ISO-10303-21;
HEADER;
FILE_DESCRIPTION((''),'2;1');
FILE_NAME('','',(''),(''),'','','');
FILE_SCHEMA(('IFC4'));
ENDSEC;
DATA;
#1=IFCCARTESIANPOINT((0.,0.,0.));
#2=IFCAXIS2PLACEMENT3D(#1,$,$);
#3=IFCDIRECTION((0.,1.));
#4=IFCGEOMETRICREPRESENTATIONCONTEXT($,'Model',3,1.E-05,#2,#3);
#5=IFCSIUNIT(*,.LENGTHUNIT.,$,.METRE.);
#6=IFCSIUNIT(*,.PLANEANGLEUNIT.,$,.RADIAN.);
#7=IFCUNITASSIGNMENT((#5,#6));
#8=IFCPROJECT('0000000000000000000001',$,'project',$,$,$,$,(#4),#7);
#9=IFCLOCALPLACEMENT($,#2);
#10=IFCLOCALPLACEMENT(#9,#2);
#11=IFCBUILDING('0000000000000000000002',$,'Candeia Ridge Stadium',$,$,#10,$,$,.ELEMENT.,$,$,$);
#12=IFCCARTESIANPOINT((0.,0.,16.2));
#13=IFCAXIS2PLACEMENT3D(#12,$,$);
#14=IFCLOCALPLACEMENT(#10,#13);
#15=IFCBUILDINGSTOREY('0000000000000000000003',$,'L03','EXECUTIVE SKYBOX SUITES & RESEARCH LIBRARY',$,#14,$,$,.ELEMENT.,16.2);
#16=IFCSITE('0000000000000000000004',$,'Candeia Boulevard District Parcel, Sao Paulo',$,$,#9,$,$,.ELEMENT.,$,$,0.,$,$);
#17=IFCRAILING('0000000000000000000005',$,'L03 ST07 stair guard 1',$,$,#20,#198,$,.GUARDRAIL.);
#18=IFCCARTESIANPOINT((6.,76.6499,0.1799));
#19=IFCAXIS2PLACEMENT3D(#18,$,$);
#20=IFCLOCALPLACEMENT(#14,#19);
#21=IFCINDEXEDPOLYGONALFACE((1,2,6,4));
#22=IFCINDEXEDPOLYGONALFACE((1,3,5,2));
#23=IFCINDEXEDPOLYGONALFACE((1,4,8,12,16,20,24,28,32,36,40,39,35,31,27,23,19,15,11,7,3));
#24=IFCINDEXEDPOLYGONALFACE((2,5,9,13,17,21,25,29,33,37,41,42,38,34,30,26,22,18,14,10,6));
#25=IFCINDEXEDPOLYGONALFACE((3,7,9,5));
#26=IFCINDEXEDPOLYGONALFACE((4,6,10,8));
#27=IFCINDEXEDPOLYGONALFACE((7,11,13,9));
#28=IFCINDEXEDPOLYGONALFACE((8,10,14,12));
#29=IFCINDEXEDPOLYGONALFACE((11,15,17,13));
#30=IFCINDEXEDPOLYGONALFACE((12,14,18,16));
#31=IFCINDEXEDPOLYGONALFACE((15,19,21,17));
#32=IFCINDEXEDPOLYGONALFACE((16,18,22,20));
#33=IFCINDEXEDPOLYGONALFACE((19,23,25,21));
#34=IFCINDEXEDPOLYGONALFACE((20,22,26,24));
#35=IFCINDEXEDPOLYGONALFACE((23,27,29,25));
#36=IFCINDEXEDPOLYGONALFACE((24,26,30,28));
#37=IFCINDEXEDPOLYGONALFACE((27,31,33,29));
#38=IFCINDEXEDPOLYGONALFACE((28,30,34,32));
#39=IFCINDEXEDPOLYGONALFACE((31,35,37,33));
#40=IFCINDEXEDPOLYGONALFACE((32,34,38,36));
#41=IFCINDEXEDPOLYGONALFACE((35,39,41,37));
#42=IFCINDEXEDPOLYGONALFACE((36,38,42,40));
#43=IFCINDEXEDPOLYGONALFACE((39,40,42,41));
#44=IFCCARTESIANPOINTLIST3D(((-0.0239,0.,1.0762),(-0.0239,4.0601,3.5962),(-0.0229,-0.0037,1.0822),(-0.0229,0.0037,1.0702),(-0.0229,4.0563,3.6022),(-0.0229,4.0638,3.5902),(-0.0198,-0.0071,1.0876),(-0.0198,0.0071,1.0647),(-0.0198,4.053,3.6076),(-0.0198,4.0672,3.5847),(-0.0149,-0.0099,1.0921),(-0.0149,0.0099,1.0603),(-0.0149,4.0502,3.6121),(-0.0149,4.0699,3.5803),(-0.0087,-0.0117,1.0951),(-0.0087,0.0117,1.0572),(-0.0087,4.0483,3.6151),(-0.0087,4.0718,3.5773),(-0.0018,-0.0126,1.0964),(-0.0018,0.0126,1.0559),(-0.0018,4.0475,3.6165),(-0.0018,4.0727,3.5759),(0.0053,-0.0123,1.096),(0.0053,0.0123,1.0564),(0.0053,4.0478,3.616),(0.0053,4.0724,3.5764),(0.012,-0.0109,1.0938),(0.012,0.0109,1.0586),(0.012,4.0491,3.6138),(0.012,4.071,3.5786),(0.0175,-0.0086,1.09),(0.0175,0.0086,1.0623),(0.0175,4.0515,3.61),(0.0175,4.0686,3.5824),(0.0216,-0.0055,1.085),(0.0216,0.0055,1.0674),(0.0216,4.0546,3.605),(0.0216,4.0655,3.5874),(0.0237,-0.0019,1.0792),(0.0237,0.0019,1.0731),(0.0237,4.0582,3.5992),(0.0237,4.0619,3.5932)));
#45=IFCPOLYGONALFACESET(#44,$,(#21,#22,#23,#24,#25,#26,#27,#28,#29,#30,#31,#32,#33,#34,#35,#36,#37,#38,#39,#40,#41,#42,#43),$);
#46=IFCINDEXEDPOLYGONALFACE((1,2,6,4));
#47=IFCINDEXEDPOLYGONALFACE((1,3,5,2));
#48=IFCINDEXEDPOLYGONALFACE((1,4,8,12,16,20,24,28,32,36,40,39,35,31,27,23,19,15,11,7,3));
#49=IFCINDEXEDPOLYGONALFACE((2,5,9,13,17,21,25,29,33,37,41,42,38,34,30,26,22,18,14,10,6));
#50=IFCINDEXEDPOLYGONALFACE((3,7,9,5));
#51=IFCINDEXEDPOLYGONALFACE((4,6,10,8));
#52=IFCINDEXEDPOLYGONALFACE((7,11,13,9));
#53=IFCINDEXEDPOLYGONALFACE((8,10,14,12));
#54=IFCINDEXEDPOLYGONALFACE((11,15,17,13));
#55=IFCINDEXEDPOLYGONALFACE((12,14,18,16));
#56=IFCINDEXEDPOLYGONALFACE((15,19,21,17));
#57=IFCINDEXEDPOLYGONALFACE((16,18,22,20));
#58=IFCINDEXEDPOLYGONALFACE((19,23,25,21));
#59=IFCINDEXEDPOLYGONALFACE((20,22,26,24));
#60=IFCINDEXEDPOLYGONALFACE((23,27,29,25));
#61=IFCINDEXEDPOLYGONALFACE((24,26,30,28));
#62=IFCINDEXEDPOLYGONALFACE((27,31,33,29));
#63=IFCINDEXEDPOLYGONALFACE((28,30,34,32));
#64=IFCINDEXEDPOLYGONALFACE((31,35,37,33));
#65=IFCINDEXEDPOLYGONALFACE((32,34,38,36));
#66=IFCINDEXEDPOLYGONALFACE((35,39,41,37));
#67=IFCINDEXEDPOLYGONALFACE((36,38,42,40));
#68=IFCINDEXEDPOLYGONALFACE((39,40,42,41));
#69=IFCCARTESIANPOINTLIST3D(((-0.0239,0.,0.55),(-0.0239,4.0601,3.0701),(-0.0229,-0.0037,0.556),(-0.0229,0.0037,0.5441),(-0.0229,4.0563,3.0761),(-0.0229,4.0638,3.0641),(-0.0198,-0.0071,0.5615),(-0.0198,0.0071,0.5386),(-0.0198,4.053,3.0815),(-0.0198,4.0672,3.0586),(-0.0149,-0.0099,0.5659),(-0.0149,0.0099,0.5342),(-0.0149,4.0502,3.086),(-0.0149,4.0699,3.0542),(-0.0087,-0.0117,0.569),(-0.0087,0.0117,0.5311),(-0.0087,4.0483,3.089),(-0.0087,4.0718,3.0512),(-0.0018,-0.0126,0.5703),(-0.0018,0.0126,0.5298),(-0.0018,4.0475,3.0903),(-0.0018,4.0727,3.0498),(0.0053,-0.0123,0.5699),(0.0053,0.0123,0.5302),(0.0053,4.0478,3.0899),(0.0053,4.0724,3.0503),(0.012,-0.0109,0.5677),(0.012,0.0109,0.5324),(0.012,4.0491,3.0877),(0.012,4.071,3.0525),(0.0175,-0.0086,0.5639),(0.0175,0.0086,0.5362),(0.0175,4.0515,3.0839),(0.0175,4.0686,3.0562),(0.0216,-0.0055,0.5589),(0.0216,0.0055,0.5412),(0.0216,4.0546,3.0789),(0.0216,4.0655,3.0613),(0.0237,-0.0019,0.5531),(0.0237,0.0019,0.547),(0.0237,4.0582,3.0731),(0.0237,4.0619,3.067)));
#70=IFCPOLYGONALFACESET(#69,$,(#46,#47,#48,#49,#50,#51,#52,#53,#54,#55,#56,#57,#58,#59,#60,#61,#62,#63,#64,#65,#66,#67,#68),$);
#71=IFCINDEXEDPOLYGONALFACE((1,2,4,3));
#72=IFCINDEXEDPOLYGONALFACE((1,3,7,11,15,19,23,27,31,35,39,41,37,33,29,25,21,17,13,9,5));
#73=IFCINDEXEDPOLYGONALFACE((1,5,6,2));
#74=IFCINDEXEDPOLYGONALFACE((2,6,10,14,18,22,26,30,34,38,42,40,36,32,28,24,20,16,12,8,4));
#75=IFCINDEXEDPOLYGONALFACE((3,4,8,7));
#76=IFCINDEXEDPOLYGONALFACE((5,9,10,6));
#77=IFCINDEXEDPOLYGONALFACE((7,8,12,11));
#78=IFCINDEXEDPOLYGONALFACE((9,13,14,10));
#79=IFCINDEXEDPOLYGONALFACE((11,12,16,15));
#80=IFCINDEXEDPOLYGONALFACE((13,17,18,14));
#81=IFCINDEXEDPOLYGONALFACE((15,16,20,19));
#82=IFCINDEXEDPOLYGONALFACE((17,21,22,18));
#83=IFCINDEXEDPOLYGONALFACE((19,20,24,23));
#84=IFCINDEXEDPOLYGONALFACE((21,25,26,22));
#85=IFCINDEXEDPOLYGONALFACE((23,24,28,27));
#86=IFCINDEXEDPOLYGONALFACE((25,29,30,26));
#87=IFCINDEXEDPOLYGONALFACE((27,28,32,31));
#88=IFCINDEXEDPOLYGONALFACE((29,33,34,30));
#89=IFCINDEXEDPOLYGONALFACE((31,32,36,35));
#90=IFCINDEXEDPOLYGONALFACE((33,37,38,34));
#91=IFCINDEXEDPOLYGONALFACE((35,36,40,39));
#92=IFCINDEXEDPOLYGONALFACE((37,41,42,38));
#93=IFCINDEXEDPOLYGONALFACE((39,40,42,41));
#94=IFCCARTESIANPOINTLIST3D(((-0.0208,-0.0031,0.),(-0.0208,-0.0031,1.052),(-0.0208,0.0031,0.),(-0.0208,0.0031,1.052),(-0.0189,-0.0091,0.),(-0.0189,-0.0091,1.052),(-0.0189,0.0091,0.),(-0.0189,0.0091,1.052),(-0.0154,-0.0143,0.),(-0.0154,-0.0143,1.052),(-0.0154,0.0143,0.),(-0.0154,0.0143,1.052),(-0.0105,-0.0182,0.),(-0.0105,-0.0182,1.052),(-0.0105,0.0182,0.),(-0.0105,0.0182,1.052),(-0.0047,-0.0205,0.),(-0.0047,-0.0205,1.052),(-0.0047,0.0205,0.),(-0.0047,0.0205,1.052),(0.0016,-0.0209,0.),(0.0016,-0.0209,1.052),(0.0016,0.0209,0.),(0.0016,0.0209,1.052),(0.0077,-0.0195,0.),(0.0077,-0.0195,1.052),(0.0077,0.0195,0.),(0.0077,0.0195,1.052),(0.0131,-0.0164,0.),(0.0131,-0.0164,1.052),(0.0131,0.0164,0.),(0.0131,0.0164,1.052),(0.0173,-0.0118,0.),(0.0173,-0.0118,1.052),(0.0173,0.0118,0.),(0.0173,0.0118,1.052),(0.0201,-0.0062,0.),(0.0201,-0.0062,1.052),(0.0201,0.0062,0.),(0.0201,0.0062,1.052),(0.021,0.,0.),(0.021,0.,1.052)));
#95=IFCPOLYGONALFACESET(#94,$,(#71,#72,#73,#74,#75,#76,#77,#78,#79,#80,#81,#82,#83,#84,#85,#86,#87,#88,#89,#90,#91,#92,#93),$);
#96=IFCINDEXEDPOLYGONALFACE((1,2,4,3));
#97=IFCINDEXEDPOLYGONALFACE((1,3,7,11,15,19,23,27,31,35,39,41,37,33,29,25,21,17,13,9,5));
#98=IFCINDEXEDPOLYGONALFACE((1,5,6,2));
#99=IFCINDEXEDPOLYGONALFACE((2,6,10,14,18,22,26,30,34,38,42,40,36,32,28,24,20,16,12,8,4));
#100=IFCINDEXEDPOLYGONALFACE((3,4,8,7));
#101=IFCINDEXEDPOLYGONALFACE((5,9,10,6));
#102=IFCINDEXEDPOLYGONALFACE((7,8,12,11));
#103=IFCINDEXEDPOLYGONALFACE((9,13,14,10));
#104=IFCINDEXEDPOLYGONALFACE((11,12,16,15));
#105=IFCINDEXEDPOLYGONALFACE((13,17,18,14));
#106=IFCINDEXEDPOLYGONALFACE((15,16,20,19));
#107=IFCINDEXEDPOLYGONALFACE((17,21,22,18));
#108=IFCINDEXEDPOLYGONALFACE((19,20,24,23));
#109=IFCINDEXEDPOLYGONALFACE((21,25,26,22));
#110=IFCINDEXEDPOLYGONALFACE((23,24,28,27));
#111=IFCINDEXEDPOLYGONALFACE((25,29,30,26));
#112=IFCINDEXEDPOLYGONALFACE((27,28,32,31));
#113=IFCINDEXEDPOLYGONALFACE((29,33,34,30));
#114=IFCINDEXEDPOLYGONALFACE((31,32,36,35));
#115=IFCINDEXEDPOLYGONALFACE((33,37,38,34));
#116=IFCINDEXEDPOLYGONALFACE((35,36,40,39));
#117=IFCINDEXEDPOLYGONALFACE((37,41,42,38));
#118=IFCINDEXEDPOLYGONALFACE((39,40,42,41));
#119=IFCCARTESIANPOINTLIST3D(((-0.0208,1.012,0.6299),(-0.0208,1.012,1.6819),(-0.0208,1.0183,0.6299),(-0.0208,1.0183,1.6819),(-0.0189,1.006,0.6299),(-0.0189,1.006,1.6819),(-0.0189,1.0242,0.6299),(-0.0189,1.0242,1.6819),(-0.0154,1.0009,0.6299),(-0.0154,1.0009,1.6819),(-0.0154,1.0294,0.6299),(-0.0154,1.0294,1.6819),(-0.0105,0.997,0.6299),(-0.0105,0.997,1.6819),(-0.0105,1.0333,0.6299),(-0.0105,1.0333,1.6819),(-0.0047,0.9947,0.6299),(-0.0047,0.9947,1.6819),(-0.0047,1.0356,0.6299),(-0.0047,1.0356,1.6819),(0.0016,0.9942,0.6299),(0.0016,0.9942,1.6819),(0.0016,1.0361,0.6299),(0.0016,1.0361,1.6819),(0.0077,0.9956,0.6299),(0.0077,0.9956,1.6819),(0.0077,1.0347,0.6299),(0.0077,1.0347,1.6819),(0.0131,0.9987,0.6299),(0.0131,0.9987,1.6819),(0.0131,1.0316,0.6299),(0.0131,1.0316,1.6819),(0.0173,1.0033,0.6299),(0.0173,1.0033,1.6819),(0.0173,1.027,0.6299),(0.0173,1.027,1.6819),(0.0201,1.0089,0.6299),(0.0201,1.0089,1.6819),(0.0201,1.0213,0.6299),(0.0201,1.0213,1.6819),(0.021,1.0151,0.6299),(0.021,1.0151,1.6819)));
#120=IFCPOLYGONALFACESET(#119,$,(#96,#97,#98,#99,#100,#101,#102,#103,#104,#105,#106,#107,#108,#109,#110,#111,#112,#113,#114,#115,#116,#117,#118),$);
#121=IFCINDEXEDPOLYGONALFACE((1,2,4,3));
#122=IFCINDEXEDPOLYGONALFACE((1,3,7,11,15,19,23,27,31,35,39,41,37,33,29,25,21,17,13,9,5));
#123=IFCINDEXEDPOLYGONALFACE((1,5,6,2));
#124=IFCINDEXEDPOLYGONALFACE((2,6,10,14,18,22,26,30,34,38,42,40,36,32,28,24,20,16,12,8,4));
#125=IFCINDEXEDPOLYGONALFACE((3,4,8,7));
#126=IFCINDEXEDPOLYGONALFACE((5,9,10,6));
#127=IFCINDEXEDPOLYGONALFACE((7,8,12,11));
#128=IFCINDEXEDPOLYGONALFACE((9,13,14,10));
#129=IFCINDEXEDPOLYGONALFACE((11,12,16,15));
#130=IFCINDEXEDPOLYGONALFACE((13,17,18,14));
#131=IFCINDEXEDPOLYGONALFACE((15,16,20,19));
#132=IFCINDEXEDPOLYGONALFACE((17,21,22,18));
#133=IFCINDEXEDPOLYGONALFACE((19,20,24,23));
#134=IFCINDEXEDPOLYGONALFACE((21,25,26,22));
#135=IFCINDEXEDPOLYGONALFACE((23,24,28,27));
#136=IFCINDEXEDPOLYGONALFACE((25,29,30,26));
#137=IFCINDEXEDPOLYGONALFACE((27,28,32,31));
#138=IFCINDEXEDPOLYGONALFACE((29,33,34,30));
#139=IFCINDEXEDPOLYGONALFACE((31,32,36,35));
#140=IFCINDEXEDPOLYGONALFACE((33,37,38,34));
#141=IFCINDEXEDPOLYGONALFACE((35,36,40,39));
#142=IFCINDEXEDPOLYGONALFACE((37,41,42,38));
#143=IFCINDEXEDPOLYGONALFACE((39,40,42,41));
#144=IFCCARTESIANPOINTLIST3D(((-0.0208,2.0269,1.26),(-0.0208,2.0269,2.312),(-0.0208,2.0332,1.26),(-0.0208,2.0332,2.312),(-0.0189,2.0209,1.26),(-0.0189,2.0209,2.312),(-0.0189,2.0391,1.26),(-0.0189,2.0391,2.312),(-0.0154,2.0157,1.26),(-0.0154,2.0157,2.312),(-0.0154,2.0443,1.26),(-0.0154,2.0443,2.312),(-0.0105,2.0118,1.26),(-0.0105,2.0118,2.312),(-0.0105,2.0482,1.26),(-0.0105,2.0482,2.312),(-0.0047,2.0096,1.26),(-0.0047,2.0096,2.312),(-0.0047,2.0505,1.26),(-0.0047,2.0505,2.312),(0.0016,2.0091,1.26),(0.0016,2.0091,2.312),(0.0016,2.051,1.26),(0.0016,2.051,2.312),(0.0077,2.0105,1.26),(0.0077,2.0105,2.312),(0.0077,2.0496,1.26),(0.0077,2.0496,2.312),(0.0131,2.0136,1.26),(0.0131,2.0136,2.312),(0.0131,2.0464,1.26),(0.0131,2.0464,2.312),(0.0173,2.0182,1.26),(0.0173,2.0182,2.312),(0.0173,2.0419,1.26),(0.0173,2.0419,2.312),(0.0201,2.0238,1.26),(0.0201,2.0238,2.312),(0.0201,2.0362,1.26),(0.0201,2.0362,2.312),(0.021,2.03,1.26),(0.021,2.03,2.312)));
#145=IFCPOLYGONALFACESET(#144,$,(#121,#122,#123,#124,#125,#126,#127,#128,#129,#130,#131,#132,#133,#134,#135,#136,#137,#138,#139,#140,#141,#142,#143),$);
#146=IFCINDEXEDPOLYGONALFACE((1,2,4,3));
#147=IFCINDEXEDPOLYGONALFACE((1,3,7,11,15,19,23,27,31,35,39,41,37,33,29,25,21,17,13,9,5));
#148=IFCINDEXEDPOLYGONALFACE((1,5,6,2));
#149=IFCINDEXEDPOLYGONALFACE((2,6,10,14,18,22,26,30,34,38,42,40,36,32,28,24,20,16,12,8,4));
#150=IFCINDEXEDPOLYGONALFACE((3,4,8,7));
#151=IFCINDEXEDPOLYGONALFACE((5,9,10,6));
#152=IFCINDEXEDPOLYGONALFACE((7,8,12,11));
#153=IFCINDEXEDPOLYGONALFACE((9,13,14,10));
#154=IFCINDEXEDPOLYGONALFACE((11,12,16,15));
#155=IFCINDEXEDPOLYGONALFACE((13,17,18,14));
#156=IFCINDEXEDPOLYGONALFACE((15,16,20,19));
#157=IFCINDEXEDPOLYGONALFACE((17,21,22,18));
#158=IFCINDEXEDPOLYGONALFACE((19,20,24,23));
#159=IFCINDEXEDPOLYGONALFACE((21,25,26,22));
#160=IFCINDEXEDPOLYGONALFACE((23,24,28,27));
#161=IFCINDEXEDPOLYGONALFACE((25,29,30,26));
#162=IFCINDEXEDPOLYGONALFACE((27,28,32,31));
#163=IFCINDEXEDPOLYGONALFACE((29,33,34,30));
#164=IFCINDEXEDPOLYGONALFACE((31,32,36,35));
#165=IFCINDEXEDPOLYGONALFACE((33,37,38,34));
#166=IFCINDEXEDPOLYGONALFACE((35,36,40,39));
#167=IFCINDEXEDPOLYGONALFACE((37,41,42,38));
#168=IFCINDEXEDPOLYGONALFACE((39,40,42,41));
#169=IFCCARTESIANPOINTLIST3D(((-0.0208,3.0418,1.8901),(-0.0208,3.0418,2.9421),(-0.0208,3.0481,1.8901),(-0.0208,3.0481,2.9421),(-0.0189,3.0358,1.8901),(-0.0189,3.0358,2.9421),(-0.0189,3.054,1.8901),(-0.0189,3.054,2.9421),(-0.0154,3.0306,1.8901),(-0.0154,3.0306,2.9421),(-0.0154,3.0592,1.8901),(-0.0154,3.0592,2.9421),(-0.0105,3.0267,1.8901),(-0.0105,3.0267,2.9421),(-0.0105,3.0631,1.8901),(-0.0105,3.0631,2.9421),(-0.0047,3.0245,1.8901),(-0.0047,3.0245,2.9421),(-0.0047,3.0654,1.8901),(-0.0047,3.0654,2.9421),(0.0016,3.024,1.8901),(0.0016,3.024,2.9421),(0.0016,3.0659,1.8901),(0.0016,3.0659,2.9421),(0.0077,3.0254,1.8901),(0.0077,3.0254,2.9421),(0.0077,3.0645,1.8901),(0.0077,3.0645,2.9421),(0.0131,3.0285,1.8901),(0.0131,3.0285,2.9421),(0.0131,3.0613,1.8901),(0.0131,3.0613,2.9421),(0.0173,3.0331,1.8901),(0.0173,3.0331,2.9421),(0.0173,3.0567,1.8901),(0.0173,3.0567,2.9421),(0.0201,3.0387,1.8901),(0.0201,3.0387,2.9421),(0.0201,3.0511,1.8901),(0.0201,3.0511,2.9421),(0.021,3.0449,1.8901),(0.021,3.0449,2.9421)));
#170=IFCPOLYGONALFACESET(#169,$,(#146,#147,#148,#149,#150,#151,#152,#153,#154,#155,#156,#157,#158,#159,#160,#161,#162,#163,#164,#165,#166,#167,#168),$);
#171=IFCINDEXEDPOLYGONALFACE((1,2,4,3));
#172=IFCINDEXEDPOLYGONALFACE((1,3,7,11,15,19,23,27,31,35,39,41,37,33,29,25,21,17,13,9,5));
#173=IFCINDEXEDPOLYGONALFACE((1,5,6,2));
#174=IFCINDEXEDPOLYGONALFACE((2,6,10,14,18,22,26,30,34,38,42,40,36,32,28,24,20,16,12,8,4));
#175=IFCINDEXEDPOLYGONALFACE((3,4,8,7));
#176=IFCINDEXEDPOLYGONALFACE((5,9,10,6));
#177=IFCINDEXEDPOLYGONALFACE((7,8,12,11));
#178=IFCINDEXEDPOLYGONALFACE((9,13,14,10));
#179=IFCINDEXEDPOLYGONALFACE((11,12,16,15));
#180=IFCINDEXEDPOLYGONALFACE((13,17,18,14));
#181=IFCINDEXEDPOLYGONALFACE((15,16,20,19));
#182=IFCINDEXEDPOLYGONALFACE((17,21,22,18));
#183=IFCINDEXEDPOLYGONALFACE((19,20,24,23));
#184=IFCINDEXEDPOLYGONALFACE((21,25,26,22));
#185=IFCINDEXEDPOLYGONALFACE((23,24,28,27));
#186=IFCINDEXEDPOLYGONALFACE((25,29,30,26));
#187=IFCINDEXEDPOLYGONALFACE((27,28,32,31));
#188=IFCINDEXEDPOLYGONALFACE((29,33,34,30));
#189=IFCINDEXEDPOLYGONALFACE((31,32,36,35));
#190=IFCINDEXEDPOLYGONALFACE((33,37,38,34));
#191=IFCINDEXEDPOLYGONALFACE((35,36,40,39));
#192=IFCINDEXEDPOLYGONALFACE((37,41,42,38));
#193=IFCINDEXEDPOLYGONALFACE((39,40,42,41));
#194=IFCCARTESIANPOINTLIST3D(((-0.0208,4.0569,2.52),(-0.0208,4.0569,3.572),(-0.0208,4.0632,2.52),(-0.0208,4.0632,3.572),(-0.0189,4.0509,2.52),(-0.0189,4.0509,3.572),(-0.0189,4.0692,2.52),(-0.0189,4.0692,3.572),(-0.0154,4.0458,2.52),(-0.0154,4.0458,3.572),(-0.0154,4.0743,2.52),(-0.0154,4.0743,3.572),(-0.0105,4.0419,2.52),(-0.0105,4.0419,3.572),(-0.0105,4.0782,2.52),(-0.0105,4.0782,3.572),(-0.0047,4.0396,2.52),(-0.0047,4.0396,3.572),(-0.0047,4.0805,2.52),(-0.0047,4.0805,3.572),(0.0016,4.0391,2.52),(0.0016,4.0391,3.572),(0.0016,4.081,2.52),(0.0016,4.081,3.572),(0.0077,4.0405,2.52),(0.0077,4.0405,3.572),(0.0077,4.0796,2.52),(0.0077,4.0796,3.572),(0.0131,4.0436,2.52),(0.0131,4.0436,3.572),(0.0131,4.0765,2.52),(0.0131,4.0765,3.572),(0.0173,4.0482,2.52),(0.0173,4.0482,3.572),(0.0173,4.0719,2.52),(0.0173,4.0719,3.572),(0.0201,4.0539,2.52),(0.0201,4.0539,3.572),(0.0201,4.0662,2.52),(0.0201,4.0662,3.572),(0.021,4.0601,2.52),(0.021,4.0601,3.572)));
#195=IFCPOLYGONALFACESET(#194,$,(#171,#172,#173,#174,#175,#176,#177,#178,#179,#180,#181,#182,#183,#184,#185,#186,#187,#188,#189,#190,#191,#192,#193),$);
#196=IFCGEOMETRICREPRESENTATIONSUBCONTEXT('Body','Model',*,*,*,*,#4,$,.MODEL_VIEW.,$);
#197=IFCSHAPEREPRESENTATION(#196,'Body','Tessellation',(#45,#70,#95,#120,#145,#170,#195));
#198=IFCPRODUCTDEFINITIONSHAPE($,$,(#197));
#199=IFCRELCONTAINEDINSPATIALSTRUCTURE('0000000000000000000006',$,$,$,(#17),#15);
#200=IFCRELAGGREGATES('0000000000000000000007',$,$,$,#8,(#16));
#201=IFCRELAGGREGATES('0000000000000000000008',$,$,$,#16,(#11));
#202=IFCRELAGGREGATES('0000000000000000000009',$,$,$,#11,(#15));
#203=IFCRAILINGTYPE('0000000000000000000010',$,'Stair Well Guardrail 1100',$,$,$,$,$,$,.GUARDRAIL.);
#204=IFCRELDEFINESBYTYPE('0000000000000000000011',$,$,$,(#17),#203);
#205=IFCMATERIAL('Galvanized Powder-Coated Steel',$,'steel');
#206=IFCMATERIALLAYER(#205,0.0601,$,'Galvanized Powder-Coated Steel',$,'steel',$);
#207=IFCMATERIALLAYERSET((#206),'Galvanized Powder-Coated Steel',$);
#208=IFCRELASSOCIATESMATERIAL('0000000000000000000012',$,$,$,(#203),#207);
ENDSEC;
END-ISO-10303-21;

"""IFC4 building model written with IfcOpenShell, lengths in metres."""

from ifc_helpers import new_model, si_unit, direction, frame, origin, origin_2d, place, context, subcontext, project, spatial, circle, extrude, material, layer, layer_set, type_object, element, save


model = new_model("IFC4")

# Units and contexts
model_context = context("Model", 3, precision=1e-05, world=origin(), true_north=direction((0.0, 1.0)))
body_context = subcontext(model_context, "Body", "Model", "MODEL_VIEW")
ifc_project = project(units=[si_unit("LENGTHUNIT", "METRE"), si_unit("PLANEANGLEUNIT", "RADIAN")], contexts=[model_context])

# Site, building, storey
site_placement = place(None, origin())
site = spatial("IfcSite", under=ifc_project, at=site_placement, Name="Candeia Boulevard District Parcel, Sao Paulo", CompositionType="ELEMENT", RefElevation=0.0)
building_placement = place(site_placement, origin())
building = spatial("IfcBuilding", under=site, at=building_placement, Name="Candeia Ridge Stadium", CompositionType="ELEMENT")
storey_placement = place(building_placement, frame((0.0, 0.0, 16.2)))
storey = spatial("IfcBuildingStorey", under=building, at=storey_placement, Name="L03", Description="EXECUTIVE SKYBOX SUITES & RESEARCH LIBRARY", CompositionType="ELEMENT", Elevation=16.2)

# Railing
ifc_material_1 = material(Name="Galvanized Powder-Coated Steel", Category="steel")
ifc_layer_1 = layer(ifc_material_1, 0.0601, Name="Galvanized Powder-Coated Steel", Category="steel")
ifc_layer_set_1 = layer_set([ifc_layer_1], Name="Galvanized Powder-Coated Steel")
railing_type_1 = type_object("IfcRailingType", Name="Stair Well Guardrail 1100", PredefinedType="GUARDRAIL", material=ifc_layer_set_1)
railing_1_placement = place(storey_placement, frame((6.0, 76.6499, 0.1799)))
element("IfcRailing", 1, at=railing_1_placement, inside=storey, type_object=railing_type_1, Name="L03 ST07 stair guard 1", PredefinedType="GUARDRAIL", context=body_context, shape_type="SweptSolid", body=[
    extrude(circle(Radius=0.0239, at=origin_2d()), frame((0.0, 0.0, 1.0762), z_axis=(0.0, 0.849642, 0.52736), x_axis=(-1.0, 0.0, 0.0)), (0.0, 0.0, 1.0), 4.7786),
    extrude(circle(Radius=0.0239, at=origin_2d()), frame((0.0, 0.0, 0.55), z_axis=(0.0, 0.849642, 0.52736), x_axis=(-1.0, 0.0, 0.0)), (0.0, 0.0, 1.0), 4.7786),
    extrude(circle(Radius=0.021, at=origin_2d()), origin(), (0.0, 0.0, 1.0), 1.052),
    extrude(circle(Radius=0.021, at=origin_2d()), frame((0.0, 1.0151, 0.6299)), (0.0, 0.0, 1.0), 1.052),
    extrude(circle(Radius=0.021, at=origin_2d()), frame((0.0, 2.03, 1.26)), (0.0, 0.0, 1.0), 1.052),
    extrude(circle(Radius=0.021, at=origin_2d()), frame((0.0, 3.0449, 1.8901)), (0.0, 0.0, 1.0), 1.052),
    extrude(circle(Radius=0.021, at=origin_2d()), frame((0.0, 4.0601, 2.52)), (0.0, 0.0, 1.0), 1.052),
])

save(model, "model.ifc")
